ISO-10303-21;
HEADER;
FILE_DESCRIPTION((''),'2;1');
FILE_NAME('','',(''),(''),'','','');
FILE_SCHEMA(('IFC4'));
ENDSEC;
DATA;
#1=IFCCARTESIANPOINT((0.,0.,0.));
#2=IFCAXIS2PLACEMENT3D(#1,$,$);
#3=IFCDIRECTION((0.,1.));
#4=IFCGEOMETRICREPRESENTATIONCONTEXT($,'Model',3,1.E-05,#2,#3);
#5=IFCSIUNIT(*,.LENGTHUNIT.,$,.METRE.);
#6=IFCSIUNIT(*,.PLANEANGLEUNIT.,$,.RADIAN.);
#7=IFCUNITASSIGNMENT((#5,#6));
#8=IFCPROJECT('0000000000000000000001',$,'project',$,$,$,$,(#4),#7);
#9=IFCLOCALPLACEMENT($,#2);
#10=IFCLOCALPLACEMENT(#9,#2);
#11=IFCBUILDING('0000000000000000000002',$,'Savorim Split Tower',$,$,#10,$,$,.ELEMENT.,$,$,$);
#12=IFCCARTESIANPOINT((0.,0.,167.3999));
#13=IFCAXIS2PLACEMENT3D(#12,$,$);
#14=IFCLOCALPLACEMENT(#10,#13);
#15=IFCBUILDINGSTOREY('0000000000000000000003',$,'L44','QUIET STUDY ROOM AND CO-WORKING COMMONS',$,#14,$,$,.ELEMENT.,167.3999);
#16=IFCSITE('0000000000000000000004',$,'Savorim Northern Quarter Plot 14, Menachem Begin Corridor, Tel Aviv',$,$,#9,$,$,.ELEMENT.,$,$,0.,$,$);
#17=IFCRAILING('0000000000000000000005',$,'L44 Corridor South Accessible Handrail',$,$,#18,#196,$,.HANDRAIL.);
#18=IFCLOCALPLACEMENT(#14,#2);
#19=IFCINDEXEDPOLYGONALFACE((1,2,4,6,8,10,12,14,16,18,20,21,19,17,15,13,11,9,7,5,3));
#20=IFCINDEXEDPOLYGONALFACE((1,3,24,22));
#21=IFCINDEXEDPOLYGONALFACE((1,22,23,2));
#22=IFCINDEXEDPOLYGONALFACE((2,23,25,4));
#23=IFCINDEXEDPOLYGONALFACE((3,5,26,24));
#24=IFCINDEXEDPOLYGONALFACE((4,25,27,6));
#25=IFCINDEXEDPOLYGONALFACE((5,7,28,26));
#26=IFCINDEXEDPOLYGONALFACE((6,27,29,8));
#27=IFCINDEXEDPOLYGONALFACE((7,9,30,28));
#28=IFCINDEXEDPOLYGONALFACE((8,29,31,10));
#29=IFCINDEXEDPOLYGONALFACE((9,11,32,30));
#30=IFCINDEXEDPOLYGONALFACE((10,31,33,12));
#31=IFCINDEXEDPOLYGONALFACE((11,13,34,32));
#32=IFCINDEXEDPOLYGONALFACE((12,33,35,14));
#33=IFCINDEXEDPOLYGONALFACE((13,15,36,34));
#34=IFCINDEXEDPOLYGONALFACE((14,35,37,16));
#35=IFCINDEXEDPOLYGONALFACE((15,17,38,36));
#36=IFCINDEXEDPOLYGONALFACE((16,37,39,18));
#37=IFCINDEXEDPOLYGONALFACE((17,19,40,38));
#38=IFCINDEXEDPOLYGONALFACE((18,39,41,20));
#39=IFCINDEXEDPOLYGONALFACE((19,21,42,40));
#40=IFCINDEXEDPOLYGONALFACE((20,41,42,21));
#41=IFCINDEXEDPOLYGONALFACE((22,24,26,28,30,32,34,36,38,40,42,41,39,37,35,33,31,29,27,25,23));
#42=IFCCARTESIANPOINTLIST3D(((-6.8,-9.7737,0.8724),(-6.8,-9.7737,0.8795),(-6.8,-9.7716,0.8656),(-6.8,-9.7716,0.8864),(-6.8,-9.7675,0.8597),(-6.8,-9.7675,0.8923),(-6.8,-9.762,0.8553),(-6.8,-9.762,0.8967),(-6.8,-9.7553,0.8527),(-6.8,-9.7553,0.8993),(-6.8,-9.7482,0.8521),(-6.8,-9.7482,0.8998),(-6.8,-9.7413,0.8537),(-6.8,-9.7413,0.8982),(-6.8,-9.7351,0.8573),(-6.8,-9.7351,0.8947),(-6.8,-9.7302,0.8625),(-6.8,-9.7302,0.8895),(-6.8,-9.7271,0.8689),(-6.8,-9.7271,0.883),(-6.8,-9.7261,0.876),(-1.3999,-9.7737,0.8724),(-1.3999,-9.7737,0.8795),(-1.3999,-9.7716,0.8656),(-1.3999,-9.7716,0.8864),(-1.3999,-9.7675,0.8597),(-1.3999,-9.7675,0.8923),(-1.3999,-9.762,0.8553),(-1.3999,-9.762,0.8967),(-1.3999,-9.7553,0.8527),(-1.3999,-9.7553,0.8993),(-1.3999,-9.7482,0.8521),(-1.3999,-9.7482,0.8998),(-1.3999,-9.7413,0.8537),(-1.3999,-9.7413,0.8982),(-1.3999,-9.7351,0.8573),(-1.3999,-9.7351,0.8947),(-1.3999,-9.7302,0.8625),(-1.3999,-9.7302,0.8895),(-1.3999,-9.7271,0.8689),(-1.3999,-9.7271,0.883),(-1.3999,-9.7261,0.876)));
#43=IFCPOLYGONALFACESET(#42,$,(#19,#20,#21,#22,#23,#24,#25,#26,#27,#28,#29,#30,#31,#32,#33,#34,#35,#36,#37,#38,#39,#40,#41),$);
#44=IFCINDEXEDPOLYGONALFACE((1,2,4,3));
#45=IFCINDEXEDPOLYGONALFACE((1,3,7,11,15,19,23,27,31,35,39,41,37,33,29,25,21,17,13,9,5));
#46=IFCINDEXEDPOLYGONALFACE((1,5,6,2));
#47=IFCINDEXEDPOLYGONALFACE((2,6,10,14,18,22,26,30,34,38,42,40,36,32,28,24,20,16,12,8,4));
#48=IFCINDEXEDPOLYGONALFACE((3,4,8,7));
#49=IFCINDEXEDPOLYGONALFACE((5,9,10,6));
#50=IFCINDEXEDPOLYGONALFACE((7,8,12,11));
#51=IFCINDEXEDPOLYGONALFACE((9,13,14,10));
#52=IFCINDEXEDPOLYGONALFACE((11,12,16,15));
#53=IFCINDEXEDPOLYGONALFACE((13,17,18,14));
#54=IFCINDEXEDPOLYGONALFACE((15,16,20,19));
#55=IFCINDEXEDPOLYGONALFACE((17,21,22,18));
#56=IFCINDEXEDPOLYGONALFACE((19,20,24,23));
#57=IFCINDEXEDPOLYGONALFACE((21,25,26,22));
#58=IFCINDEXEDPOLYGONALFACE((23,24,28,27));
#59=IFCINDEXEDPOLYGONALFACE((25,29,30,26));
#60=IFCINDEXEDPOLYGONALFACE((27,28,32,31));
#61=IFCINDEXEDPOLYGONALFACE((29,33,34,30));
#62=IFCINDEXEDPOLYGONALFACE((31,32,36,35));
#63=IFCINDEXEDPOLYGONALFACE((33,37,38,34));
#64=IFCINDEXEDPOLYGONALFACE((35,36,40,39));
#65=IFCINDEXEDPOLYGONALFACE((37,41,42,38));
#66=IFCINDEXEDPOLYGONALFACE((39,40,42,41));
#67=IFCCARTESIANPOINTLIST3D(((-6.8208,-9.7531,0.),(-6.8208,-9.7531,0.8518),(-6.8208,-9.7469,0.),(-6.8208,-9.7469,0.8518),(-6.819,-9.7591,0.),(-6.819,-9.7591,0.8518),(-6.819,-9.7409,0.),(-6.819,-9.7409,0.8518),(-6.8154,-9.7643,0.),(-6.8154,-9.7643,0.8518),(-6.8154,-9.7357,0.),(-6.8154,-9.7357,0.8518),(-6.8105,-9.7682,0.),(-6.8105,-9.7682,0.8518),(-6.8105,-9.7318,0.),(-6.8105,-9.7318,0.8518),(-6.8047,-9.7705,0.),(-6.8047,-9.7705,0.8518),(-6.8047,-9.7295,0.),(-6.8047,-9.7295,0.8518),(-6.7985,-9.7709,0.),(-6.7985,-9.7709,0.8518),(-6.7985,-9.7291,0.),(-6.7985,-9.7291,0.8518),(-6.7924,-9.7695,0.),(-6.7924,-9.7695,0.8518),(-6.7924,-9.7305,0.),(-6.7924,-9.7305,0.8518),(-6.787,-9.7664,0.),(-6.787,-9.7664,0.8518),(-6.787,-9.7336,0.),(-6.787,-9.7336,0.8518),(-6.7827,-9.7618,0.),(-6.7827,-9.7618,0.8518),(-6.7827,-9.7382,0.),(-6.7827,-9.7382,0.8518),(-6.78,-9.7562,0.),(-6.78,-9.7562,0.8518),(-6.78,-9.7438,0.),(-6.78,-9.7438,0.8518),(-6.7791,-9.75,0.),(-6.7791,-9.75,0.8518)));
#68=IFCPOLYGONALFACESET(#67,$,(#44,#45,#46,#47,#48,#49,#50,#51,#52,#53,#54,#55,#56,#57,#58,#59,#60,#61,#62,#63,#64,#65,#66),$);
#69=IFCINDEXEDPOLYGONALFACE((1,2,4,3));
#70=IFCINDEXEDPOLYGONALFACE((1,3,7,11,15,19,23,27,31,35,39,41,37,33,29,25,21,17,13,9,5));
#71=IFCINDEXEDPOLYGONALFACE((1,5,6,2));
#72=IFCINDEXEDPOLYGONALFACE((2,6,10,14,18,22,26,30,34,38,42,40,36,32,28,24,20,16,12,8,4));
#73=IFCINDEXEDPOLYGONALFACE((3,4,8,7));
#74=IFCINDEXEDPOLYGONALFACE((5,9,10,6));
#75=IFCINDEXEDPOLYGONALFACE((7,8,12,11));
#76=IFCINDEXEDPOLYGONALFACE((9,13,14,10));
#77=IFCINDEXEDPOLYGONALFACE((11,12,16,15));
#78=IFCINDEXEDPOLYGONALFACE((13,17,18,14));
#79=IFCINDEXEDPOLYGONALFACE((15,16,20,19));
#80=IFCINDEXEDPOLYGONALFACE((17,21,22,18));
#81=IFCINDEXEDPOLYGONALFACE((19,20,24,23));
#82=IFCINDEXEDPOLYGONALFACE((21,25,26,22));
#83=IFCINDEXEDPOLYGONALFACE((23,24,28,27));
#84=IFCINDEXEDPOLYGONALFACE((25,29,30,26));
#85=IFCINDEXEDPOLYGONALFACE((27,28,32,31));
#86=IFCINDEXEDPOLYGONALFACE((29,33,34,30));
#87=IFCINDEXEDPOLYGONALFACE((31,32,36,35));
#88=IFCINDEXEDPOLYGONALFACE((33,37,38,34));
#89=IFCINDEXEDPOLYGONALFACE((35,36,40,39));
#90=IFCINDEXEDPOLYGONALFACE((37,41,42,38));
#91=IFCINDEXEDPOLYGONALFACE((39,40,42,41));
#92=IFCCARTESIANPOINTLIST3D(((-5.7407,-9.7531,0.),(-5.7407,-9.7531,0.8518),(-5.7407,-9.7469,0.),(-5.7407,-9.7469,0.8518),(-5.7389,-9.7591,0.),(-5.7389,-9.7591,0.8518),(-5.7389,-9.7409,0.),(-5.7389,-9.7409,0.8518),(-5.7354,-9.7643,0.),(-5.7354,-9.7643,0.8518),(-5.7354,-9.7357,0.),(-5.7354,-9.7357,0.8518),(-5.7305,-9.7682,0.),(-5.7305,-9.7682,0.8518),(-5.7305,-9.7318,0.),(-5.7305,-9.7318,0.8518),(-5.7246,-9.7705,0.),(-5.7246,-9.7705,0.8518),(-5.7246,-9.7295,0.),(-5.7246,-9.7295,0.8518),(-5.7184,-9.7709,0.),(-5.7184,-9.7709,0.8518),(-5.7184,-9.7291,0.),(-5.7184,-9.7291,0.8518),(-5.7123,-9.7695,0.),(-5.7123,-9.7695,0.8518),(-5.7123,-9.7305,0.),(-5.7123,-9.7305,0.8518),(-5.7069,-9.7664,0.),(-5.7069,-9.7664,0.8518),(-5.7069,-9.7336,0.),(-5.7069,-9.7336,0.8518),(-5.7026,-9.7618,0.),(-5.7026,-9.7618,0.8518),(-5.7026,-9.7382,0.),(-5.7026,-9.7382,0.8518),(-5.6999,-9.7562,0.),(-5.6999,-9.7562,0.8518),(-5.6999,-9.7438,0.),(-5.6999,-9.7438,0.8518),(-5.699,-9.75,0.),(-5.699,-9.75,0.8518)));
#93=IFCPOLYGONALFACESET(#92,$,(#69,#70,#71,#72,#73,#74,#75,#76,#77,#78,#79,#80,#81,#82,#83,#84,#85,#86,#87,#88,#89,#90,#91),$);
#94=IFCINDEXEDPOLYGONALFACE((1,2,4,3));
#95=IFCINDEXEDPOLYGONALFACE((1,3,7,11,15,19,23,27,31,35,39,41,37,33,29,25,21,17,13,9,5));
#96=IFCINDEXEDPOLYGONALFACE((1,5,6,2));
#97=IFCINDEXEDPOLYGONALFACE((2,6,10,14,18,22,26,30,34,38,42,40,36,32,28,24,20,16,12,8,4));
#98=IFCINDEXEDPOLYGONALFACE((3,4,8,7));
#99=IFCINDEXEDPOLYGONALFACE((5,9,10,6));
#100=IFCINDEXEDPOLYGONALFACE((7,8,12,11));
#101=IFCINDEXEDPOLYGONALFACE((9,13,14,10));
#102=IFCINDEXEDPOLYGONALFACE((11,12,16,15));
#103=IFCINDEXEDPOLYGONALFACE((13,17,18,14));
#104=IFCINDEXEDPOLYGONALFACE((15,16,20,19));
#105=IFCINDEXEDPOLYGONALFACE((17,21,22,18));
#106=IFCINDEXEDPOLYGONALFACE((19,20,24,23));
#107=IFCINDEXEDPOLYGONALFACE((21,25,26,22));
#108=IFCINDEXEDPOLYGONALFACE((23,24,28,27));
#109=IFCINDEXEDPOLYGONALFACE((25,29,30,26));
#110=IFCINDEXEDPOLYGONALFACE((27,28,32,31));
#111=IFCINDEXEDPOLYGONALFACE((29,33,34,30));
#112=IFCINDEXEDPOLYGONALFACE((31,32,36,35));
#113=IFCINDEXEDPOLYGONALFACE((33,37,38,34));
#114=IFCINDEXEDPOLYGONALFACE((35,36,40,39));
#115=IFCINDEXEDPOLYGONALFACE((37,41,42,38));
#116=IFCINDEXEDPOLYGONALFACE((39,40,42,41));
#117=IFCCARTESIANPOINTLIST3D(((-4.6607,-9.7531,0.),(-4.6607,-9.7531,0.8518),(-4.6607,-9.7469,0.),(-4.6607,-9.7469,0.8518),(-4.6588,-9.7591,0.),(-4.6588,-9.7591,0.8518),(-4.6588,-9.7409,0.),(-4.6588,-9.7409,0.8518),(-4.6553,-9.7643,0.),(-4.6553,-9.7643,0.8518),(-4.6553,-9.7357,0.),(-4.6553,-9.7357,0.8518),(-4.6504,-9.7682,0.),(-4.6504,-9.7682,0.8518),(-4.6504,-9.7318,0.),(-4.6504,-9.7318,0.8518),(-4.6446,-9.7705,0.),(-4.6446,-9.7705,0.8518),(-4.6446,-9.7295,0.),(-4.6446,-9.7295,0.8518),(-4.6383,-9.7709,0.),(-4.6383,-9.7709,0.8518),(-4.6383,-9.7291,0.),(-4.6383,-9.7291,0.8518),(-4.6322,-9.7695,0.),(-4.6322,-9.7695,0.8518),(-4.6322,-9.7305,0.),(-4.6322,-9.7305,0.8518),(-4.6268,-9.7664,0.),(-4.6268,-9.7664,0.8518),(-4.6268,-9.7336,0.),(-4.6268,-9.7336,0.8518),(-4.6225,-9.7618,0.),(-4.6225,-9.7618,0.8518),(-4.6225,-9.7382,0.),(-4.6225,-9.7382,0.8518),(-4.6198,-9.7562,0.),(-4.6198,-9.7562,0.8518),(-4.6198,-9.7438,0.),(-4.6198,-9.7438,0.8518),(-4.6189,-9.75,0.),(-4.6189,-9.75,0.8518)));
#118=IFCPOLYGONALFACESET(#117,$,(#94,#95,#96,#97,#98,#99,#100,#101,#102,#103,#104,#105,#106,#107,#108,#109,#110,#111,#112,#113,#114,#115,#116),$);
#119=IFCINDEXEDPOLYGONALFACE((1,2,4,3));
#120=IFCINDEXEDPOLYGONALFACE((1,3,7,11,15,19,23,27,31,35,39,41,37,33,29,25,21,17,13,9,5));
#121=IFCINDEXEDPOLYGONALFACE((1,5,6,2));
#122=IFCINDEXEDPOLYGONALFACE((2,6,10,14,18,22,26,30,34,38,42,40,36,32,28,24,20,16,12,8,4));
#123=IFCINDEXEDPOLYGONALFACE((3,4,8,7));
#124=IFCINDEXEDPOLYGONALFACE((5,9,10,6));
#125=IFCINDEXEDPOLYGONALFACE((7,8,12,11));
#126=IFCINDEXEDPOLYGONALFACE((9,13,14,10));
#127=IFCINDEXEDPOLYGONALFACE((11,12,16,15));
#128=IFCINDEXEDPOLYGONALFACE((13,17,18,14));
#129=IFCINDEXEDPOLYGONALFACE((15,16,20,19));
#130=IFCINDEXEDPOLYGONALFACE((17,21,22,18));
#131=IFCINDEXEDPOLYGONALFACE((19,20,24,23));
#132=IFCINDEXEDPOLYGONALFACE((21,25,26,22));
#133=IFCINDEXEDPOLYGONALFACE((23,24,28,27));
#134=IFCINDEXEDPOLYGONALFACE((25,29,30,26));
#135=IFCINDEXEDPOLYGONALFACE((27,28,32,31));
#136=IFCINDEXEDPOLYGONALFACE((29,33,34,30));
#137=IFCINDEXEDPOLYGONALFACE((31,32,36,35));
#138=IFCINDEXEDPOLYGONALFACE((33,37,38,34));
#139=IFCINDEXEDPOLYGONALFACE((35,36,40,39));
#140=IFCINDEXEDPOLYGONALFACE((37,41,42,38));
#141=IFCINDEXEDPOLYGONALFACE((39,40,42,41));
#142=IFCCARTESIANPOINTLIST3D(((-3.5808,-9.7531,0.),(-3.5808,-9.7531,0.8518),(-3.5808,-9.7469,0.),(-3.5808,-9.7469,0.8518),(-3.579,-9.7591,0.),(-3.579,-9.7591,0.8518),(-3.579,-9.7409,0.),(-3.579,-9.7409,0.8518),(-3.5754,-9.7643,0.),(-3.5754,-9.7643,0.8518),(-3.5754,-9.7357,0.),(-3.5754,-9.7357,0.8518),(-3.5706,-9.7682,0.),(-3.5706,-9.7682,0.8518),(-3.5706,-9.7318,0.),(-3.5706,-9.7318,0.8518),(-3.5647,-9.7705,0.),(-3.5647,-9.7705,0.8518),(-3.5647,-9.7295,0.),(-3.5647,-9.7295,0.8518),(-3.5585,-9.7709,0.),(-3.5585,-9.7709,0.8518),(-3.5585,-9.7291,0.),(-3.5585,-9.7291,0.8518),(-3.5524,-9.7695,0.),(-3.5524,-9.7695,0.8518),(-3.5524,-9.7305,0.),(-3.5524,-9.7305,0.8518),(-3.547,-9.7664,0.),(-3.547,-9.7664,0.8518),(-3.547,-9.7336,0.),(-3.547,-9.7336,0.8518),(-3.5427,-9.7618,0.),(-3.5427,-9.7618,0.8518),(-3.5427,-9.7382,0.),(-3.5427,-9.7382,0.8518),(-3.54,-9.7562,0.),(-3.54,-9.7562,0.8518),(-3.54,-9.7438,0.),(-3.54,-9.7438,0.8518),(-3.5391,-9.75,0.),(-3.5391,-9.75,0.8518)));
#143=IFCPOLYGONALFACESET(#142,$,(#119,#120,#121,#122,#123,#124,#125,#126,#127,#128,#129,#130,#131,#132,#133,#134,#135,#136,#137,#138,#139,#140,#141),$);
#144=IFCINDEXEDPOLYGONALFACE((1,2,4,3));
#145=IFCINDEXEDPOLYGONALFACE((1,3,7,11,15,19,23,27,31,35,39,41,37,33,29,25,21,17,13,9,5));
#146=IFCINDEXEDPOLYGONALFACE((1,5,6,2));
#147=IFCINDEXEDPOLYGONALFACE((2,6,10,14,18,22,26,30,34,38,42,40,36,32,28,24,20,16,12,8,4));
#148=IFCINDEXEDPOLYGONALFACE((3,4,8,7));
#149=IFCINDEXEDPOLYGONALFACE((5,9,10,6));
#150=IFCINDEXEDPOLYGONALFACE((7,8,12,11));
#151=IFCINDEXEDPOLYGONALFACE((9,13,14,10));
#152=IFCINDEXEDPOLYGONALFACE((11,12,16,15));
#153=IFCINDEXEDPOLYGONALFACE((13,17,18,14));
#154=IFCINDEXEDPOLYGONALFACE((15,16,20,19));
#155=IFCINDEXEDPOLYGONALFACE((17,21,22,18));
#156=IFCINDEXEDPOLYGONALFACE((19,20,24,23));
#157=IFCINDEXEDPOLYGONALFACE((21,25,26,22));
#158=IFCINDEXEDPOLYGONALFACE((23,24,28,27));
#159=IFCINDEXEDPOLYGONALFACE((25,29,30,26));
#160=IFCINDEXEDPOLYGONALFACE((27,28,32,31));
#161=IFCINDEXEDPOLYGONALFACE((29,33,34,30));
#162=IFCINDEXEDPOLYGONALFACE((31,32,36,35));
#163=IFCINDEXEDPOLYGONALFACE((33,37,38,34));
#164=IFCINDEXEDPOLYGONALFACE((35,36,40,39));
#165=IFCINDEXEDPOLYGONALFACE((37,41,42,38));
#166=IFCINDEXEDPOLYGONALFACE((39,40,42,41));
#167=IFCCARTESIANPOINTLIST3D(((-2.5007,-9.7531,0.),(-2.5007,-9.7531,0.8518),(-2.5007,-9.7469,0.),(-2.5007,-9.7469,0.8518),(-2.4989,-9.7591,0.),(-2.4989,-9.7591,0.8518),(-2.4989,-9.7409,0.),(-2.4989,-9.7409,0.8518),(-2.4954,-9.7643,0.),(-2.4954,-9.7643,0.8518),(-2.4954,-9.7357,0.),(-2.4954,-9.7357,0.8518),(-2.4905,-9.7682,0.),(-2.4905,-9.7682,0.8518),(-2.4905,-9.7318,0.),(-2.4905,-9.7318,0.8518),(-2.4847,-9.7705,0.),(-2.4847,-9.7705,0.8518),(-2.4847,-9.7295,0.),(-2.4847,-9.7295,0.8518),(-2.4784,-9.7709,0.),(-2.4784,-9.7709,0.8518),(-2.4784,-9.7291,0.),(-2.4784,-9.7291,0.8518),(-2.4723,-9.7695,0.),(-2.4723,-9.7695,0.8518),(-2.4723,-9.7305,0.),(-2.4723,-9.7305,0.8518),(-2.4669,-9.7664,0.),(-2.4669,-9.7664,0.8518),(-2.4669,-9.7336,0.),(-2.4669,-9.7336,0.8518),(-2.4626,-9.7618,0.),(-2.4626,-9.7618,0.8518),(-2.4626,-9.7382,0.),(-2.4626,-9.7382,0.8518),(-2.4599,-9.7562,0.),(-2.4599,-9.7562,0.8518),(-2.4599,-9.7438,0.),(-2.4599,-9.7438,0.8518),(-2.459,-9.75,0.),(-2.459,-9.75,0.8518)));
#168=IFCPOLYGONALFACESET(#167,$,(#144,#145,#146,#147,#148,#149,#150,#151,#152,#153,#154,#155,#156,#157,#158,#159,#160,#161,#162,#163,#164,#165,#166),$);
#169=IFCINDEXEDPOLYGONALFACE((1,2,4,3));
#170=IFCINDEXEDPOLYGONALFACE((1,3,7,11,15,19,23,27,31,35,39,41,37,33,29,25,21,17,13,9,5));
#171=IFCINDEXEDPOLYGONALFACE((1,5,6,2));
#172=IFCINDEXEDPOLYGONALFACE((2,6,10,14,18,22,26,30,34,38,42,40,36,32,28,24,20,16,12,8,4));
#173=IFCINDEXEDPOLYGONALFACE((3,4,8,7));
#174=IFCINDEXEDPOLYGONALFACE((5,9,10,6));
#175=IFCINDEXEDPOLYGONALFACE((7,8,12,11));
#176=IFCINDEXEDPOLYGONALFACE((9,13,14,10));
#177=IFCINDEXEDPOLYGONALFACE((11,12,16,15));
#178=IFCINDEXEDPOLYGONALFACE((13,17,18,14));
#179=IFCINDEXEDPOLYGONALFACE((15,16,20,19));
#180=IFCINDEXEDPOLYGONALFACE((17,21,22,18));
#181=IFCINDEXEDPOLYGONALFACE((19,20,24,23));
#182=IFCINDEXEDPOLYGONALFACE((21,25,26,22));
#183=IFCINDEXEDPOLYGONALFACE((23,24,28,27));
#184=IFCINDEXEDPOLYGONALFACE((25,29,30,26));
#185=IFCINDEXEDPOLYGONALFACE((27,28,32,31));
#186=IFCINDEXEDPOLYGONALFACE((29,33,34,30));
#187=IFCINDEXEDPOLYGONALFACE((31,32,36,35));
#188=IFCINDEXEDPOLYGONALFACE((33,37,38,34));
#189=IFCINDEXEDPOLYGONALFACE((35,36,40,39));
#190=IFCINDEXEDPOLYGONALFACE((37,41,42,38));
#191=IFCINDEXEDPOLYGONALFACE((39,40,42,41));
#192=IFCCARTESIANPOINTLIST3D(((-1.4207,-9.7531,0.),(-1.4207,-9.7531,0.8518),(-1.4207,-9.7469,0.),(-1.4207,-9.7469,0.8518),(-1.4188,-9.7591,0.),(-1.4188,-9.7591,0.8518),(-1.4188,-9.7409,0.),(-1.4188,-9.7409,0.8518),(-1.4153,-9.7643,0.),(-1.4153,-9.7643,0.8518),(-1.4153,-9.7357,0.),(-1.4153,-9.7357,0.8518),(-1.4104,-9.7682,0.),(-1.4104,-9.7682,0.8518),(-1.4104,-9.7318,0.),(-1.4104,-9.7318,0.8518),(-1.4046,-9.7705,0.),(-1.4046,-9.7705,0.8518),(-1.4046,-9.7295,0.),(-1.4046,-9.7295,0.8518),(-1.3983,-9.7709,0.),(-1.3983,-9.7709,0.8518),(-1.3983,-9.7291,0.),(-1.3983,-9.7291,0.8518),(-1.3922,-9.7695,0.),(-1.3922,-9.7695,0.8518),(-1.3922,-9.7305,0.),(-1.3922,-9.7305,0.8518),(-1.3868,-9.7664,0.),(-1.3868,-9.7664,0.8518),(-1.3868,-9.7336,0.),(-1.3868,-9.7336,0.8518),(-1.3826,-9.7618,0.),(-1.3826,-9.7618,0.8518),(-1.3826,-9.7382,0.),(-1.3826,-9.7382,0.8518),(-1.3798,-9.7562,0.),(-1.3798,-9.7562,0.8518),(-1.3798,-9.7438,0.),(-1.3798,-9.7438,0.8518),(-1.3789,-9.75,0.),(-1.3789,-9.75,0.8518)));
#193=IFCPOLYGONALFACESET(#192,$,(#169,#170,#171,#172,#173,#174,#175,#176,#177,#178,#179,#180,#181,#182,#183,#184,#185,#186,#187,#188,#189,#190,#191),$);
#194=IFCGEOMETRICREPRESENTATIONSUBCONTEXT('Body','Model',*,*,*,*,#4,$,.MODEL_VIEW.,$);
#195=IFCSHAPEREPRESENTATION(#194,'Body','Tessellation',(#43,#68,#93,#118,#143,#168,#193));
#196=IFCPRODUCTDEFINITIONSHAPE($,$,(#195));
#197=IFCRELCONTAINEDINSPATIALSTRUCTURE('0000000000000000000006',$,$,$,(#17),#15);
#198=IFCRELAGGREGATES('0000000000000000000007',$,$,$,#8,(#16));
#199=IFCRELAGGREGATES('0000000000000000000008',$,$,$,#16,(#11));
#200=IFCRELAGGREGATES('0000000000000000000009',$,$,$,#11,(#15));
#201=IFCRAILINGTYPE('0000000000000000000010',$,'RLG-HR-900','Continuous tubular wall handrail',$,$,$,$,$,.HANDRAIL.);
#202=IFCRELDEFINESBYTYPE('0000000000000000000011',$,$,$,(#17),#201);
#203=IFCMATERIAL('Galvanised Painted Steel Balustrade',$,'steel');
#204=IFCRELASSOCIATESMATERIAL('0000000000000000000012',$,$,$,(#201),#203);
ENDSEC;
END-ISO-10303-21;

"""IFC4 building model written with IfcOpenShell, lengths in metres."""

from ifc_helpers import new_model, si_unit, direction, frame, origin, origin_2d, place, context, subcontext, project, spatial, circle, extrude, material, type_object, element, save


model = new_model("IFC4")

# Units and contexts
model_context = context("Model", 3, precision=1e-05, world=origin(), true_north=direction((0.0, 1.0)))
body_context = subcontext(model_context, "Body", "Model", "MODEL_VIEW")
ifc_project = project(units=[si_unit("LENGTHUNIT", "METRE"), si_unit("PLANEANGLEUNIT", "RADIAN")], contexts=[model_context])

# Site, building, storey
site_placement = place(None, origin())
site = spatial("IfcSite", under=ifc_project, at=site_placement, Name="Savorim Northern Quarter Plot 14, Menachem Begin Corridor, Tel Aviv", CompositionType="ELEMENT", RefElevation=0.0)
building_placement = place(site_placement, origin())
building = spatial("IfcBuilding", under=site, at=building_placement, Name="Savorim Split Tower", CompositionType="ELEMENT")
storey_placement = place(building_placement, frame((0.0, 0.0, 167.3999)))
storey = spatial("IfcBuildingStorey", under=building, at=storey_placement, Name="L44", Description="QUIET STUDY ROOM AND CO-WORKING COMMONS", CompositionType="ELEMENT", Elevation=167.3999)

# Railing
ifc_material_1 = material(Name="Galvanised Painted Steel Balustrade", Category="steel")
railing_type_1 = type_object("IfcRailingType", Name="RLG-HR-900", Description="Continuous tubular wall handrail", PredefinedType="HANDRAIL", material=ifc_material_1)
railing_1_placement = place(storey_placement, frame((-6.8, -9.75, 0.0)))
element("IfcRailing", 1, at=railing_1_placement, inside=storey, type_object=railing_type_1, Name="L44 Corridor South Accessible Handrail", PredefinedType="HANDRAIL", context=body_context, shape_type="SweptSolid", body=[
    extrude(circle(Radius=0.0239, at=origin_2d()), frame((0.0, 0.0, 0.876), z_axis=(1.0, 0.0, 0.0), x_axis=(0.0, 1.0, 0.0)), (0.0, 0.0, 1.0), 5.4001),
    extrude(circle(Radius=0.021, at=origin_2d()), origin(), (0.0, 0.0, 1.0), 0.8518),
    extrude(circle(Radius=0.021, at=origin_2d()), frame((1.0801, 0.0, 0.0)), (0.0, 0.0, 1.0), 0.8518),
    extrude(circle(Radius=0.021, at=origin_2d()), frame((2.1602, 0.0, 0.0)), (0.0, 0.0, 1.0), 0.8518),
    extrude(circle(Radius=0.021, at=origin_2d()), frame((3.24, 0.0, 0.0)), (0.0, 0.0, 1.0), 0.8518),
    extrude(circle(Radius=0.021, at=origin_2d()), frame((4.3201, 0.0, 0.0)), (0.0, 0.0, 1.0), 0.8518),
    extrude(circle(Radius=0.021, at=origin_2d()), frame((5.4001, 0.0, 0.0)), (0.0, 0.0, 1.0), 0.8518),
])

save(model, "model.ifc")
